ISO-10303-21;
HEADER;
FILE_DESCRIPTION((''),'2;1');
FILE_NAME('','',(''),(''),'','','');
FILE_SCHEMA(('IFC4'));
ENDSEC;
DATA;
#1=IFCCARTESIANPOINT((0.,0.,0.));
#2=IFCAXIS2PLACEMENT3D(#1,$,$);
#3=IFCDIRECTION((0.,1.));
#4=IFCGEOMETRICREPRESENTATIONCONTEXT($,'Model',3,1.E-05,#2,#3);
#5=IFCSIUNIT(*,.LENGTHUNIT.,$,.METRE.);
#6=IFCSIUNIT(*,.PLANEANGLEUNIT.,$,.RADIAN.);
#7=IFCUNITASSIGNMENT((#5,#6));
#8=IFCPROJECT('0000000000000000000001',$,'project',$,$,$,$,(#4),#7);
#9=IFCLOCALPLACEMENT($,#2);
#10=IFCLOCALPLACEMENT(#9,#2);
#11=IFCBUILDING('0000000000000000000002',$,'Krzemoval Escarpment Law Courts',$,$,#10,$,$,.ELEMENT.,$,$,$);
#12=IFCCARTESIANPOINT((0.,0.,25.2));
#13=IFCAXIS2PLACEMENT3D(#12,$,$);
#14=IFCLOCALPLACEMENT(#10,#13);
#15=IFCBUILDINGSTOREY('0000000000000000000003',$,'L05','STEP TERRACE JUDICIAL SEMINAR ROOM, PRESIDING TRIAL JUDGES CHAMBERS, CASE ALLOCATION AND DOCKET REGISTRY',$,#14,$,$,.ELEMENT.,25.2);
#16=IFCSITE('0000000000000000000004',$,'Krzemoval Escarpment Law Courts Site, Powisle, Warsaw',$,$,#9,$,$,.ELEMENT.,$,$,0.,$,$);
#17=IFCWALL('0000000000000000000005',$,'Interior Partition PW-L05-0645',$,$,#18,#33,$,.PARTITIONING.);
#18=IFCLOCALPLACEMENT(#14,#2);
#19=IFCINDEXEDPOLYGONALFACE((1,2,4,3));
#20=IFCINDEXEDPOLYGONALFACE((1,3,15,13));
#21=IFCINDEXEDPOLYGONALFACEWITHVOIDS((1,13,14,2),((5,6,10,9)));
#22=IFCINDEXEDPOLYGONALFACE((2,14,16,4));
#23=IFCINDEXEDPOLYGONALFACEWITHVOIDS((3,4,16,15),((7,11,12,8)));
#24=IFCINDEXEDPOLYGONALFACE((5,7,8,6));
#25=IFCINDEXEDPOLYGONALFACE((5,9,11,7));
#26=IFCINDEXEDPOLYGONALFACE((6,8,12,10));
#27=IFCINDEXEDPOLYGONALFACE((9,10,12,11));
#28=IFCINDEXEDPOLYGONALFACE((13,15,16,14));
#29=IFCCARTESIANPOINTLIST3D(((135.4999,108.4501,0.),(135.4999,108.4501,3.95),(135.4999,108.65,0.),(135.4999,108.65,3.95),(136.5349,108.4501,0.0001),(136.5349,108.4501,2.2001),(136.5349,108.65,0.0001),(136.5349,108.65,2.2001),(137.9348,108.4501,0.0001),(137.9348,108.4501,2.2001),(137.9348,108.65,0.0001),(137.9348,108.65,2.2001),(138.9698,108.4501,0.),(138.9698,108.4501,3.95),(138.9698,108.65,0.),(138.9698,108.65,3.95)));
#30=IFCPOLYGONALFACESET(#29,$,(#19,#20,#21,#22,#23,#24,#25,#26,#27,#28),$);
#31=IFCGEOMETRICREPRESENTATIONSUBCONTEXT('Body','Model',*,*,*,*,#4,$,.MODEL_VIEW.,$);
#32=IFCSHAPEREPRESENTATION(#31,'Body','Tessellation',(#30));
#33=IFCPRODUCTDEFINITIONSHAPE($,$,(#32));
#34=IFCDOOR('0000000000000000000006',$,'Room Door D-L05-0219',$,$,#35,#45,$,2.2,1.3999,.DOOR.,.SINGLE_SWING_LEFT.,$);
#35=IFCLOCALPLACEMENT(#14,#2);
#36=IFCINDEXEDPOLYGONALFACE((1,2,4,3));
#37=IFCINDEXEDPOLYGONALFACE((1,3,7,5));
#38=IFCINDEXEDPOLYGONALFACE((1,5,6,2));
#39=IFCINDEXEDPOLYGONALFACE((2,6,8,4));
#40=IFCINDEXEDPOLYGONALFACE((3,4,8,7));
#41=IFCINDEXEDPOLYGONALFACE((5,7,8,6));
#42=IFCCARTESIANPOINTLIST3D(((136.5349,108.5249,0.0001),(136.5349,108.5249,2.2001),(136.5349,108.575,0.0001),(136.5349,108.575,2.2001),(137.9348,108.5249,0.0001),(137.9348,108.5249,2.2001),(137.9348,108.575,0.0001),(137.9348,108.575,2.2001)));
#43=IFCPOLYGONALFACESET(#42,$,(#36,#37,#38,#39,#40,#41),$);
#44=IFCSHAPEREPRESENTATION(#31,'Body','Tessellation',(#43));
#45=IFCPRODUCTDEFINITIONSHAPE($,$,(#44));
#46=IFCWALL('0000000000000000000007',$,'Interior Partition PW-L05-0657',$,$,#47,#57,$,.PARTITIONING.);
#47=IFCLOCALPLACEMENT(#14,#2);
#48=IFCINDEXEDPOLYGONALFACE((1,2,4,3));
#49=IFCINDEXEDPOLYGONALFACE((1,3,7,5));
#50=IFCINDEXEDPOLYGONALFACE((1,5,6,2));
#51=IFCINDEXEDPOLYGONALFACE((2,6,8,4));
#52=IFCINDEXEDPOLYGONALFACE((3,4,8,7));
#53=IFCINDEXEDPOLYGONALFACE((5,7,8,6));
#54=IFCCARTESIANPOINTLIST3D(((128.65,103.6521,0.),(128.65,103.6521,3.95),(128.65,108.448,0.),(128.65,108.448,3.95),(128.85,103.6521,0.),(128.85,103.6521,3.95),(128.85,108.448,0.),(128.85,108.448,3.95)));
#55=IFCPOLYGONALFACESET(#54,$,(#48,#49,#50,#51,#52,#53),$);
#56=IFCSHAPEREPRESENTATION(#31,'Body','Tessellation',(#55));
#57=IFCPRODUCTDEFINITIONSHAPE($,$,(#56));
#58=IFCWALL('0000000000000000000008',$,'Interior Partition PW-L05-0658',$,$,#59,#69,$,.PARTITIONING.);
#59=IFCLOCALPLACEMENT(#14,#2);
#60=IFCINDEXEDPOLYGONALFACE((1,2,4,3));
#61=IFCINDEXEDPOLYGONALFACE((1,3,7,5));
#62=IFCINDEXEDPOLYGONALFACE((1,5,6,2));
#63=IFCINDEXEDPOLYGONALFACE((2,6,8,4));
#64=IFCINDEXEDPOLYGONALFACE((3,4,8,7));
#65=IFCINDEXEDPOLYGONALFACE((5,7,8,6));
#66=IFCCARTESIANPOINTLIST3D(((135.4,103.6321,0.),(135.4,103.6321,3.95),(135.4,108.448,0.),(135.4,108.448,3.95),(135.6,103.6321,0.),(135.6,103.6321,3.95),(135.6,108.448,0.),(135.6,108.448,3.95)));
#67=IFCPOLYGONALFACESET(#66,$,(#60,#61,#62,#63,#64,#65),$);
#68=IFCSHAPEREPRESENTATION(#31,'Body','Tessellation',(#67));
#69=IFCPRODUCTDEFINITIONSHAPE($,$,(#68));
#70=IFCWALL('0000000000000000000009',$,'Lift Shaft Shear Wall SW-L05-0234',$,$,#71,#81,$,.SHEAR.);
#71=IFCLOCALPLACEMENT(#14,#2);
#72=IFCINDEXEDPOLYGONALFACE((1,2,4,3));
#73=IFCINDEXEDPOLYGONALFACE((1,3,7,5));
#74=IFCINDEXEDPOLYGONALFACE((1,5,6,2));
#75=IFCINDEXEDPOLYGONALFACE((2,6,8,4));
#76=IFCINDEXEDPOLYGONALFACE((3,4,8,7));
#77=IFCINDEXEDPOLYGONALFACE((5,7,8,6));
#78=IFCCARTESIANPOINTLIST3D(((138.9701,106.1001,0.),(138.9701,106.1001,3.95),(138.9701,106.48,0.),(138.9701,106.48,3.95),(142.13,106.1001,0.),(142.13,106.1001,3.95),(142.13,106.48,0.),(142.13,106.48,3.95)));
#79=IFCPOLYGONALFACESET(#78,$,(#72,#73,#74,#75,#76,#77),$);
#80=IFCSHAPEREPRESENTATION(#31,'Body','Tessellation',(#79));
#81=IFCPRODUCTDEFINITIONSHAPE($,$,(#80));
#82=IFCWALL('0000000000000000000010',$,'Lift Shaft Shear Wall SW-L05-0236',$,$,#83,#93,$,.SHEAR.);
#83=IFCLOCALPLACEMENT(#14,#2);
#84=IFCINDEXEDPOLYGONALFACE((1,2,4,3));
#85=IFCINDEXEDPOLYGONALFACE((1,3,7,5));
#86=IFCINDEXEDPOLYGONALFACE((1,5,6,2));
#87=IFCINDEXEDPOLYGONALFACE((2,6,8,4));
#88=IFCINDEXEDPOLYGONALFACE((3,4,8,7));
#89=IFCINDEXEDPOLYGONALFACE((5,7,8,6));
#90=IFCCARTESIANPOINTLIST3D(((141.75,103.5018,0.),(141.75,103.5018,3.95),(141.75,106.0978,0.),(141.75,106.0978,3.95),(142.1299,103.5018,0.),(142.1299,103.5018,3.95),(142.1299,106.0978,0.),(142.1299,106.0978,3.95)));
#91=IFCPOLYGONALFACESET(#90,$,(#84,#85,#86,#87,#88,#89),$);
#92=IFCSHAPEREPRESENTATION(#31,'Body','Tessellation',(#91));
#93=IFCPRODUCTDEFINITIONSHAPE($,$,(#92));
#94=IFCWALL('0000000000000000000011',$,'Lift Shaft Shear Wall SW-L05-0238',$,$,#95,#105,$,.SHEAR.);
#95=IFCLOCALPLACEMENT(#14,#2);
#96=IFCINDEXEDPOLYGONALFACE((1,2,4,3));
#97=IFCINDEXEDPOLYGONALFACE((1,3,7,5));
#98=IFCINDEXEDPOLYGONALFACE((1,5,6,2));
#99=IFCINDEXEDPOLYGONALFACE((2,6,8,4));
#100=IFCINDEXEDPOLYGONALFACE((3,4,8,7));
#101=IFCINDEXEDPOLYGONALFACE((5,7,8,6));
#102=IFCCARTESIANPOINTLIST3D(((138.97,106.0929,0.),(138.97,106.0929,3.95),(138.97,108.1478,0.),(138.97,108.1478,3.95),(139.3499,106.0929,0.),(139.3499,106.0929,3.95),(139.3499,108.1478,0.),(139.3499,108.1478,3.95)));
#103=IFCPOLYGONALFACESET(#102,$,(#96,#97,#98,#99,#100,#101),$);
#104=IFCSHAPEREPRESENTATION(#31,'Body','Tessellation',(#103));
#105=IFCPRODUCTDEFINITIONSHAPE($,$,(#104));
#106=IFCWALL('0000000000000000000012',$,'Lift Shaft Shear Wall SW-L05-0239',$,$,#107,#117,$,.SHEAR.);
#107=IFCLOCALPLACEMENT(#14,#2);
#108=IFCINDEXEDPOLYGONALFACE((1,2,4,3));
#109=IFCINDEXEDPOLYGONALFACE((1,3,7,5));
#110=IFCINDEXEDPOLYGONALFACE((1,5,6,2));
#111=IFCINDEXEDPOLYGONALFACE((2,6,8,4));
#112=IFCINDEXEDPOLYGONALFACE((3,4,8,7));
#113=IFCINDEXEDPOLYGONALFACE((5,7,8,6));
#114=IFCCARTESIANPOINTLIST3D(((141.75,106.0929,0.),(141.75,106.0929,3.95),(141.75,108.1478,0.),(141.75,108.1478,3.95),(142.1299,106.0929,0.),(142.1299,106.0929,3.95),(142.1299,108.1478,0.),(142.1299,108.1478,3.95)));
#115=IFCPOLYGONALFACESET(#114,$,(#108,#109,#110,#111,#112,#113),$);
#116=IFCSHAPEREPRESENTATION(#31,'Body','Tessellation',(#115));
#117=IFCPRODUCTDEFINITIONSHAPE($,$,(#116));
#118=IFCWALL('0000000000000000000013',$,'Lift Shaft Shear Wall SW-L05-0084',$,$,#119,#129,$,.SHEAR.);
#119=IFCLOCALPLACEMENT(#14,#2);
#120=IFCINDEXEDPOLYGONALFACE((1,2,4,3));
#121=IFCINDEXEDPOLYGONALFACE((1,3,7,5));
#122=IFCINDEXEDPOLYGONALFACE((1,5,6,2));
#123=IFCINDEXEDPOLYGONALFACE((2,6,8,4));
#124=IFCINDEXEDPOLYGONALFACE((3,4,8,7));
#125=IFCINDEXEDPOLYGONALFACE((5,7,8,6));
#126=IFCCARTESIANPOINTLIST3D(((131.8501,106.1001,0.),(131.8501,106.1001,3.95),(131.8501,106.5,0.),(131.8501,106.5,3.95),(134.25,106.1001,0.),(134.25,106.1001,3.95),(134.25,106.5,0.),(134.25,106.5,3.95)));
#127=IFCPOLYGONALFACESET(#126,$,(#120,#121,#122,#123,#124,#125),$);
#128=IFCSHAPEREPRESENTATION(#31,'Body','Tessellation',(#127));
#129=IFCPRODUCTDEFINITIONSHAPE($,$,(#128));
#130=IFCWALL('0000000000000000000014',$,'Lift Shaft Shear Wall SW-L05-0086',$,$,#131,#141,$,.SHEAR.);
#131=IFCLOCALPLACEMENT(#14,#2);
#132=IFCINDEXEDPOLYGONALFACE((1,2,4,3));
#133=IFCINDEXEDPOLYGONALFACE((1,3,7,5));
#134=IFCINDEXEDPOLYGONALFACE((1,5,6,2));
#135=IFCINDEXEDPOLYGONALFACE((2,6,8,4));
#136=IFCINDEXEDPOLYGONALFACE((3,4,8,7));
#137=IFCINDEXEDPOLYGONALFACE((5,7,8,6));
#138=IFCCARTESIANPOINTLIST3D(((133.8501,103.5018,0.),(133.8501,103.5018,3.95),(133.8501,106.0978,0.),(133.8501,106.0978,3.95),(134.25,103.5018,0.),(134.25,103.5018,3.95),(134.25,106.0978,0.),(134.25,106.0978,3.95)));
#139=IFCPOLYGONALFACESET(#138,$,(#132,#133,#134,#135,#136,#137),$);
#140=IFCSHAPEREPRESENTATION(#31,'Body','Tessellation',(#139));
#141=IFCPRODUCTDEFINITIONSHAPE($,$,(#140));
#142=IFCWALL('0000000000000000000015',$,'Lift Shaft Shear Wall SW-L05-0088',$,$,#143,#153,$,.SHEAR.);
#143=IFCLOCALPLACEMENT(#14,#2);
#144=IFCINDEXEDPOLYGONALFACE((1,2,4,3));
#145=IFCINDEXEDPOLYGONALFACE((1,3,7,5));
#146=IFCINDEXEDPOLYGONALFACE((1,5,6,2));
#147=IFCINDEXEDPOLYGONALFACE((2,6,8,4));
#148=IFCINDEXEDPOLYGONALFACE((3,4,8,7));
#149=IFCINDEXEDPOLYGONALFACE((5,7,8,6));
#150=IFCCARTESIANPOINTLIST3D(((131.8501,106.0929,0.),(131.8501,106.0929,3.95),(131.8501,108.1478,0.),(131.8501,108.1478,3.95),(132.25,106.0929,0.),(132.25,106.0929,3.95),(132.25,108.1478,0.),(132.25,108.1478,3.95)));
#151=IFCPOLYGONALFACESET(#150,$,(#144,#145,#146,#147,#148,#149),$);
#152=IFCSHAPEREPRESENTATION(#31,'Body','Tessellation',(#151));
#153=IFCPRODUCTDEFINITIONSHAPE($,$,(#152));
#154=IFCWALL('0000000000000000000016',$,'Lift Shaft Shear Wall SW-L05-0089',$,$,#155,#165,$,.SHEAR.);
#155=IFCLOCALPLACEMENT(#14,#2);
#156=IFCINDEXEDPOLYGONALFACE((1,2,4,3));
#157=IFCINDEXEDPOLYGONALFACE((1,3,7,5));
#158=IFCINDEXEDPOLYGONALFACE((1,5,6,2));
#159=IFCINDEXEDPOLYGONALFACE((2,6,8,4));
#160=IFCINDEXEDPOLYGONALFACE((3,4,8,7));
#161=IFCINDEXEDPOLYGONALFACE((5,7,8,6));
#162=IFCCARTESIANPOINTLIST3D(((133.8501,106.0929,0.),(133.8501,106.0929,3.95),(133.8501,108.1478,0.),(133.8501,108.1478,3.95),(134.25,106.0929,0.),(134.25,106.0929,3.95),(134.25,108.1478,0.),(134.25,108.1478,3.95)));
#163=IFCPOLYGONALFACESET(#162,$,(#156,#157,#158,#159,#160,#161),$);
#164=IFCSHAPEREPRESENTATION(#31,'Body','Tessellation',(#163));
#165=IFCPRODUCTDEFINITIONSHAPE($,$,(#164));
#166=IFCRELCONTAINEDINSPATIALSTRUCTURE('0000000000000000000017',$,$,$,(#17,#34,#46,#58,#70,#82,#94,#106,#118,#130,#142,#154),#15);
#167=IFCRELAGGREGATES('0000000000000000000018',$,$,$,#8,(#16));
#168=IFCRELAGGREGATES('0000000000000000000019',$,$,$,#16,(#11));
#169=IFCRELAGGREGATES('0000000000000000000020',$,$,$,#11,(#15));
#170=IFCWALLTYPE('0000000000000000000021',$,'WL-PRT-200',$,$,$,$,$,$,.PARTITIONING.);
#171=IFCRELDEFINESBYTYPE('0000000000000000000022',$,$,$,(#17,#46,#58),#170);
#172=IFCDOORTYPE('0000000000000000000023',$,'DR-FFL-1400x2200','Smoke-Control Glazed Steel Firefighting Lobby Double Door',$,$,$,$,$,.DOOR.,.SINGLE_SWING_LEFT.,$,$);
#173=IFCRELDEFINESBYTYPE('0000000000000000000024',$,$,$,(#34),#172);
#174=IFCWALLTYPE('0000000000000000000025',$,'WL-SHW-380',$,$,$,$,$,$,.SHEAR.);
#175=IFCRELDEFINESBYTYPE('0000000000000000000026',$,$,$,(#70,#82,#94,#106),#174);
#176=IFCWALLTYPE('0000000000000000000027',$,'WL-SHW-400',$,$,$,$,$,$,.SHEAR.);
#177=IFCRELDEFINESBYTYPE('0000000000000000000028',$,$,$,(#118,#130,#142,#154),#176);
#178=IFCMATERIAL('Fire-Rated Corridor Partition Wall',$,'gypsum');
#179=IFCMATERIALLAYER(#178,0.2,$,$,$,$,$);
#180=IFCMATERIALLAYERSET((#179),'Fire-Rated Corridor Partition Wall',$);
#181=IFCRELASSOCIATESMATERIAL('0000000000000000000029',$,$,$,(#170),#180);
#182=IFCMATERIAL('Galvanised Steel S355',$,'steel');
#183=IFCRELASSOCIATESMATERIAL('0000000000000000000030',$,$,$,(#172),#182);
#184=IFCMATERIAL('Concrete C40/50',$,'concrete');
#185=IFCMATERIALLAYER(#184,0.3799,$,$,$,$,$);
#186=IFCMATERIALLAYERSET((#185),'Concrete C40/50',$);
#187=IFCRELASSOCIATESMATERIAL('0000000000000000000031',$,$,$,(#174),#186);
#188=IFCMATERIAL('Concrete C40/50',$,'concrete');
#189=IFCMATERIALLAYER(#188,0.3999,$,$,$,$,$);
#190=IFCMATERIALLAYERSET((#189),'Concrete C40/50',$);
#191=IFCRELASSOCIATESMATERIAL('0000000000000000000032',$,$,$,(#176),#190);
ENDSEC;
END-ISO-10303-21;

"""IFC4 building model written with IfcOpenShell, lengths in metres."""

from ifc_helpers import new_model, si_unit, direction, frame, frame_2d, origin, place, context, subcontext, project, spatial, rectangle, extrude, material, layer, layer_set, type_object, element, fill, save


model = new_model("IFC4")

# Units and contexts
model_context = context("Model", 3, precision=1e-05, world=origin(), true_north=direction((0.0, 1.0)))
body_context = subcontext(model_context, "Body", "Model", "MODEL_VIEW")
ifc_project = project(units=[si_unit("LENGTHUNIT", "METRE"), si_unit("PLANEANGLEUNIT", "RADIAN")], contexts=[model_context])

# Site, building, storey
site_placement = place(None, origin())
site = spatial("IfcSite", under=ifc_project, at=site_placement, Name="Krzemoval Escarpment Law Courts Site, Powisle, Warsaw", CompositionType="ELEMENT", RefElevation=0.0)
building_placement = place(site_placement, origin())
building = spatial("IfcBuilding", under=site, at=building_placement, Name="Krzemoval Escarpment Law Courts", CompositionType="ELEMENT")
storey_placement = place(building_placement, frame((0.0, 0.0, 25.2)))
storey = spatial("IfcBuildingStorey", under=building, at=storey_placement, Name="L05", Description="STEP TERRACE JUDICIAL SEMINAR ROOM, PRESIDING TRIAL JUDGES CHAMBERS, CASE ALLOCATION AND DOCKET REGISTRY", CompositionType="ELEMENT", Elevation=25.2)

# Wall, opening, door
ifc_material_1 = material(Name="Fire-Rated Corridor Partition Wall", Category="gypsum")
ifc_layer_1 = layer(ifc_material_1, 0.2)
ifc_layer_set_1 = layer_set([ifc_layer_1], Name="Fire-Rated Corridor Partition Wall")
wall_type_1 = type_object("IfcWallType", Name="WL-PRT-200", PredefinedType="PARTITIONING", material=ifc_layer_set_1)
ifc_material_2 = material(Name="Galvanised Steel S355", Category="steel")
door_type_1 = type_object("IfcDoorType", Name="DR-FFL-1400x2200", Description="Smoke-Control Glazed Steel Firefighting Lobby Double Door", OperationType="SINGLE_SWING_LEFT", PredefinedType="DOOR", material=ifc_material_2)
wall_1_placement = place(storey_placement, frame((135.5, 108.55, 0.0), z_axis=(0.0, 0.0, 1.0), x_axis=(1.0, 0.0, 0.0)))
wall_1 = element("IfcWall", 1, at=wall_1_placement, inside=storey, type_object=wall_type_1, Name="Interior Partition PW-L05-0645", PredefinedType="PARTITIONING", context=body_context, shape_type="SweptSolid", body=[
    extrude(rectangle(XDim=3.47, YDim=0.2, at=frame_2d((1.7349, 0.0))), origin(), (0.0, 0.0, 1.0), 3.95),
])
opening_1_placement = place(wall_1_placement, frame((1.0349, 0.0, 0.0)))
opening_1 = element("IfcOpeningElement", 2, at=opening_1_placement, cuts=wall_1, PredefinedType="OPENING", context=body_context, shape_type="SweptSolid", body=[
    extrude(rectangle(XDim=1.3999, YDim=2.2, at=frame_2d((0.7, 1.1001))), frame((0.0, 0.115, 0.0), z_axis=(0.0, -1.0, 0.0), x_axis=(1.0, 0.0, 0.0)), (0.0, 0.0, 1.0), 0.2299),
])
door_1_placement = place(opening_1_placement, origin())
door_1 = element("IfcDoor", 3, at=door_1_placement, inside=storey, type_object=door_type_1, Name="Room Door D-L05-0219", OperationType="SINGLE_SWING_LEFT", OverallHeight=2.2, OverallWidth=1.3999, PredefinedType="DOOR", context=body_context, shape_type="SweptSolid", body=[
    extrude(rectangle(XDim=1.3999, YDim=2.2, at=frame_2d((0.7, 1.1001))), frame((0.0, 0.0249, 0.0), z_axis=(0.0, -1.0, 0.0), x_axis=(1.0, 0.0, 0.0)), (0.0, 0.0, 1.0), 0.05),
])
fill(opening_1, door_1)

# Walls
wall_2_placement = place(storey_placement, frame((128.75, 103.6521, 0.0), z_axis=(0.0, 0.0, 1.0), x_axis=(0.0, 1.0, 0.0)))
element("IfcWall", 4, at=wall_2_placement, inside=storey, type_object=wall_type_1, Name="Interior Partition PW-L05-0657", PredefinedType="PARTITIONING", context=body_context, shape_type="SweptSolid", body=[
    extrude(rectangle(XDim=4.7959, YDim=0.2, at=frame_2d((2.3979, 0.0))), origin(), (0.0, 0.0, 1.0), 3.95),
])
wall_3_placement = place(storey_placement, frame((135.5, 103.6321, 0.0), z_axis=(0.0, 0.0, 1.0), x_axis=(0.0, 1.0, 0.0)))
element("IfcWall", 5, at=wall_3_placement, inside=storey, type_object=wall_type_1, Name="Interior Partition PW-L05-0658", PredefinedType="PARTITIONING", context=body_context, shape_type="SweptSolid", body=[
    extrude(rectangle(XDim=4.8159, YDim=0.2, at=frame_2d((2.408, 0.0))), origin(), (0.0, 0.0, 1.0), 3.95),
])
ifc_material_3 = material(Name="Concrete C40/50", Category="concrete")
ifc_layer_2 = layer(ifc_material_3, 0.3799)
ifc_layer_set_2 = layer_set([ifc_layer_2], Name="Concrete C40/50")
wall_type_2 = type_object("IfcWallType", Name="WL-SHW-380", PredefinedType="SHEAR", material=ifc_layer_set_2)
wall_4_placement = place(storey_placement, frame((138.97, 106.29, 0.0), z_axis=(0.0, 0.0, 1.0), x_axis=(1.0, 0.0, 0.0)))
element("IfcWall", 6, at=wall_4_placement, inside=storey, type_object=wall_type_2, Name="Lift Shaft Shear Wall SW-L05-0234", PredefinedType="SHEAR", context=body_context, shape_type="SweptSolid", body=[
    extrude(rectangle(XDim=3.1599, YDim=0.3799, at=frame_2d((1.5801, 0.0))), origin(), (0.0, 0.0, 1.0), 3.95),
])
wall_5_placement = place(storey_placement, frame((141.9399, 103.502, 0.0), z_axis=(0.0, 0.0, 1.0), x_axis=(0.0, 1.0, 0.0)))
element("IfcWall", 7, at=wall_5_placement, inside=storey, type_object=wall_type_2, Name="Lift Shaft Shear Wall SW-L05-0236", PredefinedType="SHEAR", context=body_context, shape_type="SweptSolid", body=[
    extrude(rectangle(XDim=2.5959, YDim=0.3799, at=frame_2d((1.2979, 0.0))), origin(), (0.0, 0.0, 1.0), 3.95),
])

# Walls
for number, where, z_axis, x_axis, name in (
    (8, (139.1599, 106.093, 0.0), (0.0, 0.0, 1.0), (0.0, 1.0, 0.0), "Lift Shaft Shear Wall SW-L05-0238"),
    (9, (141.9399, 106.093, 0.0), (0.0, 0.0, 1.0), (0.0, 1.0, 0.0), "Lift Shaft Shear Wall SW-L05-0239"),
):
    element("IfcWall", number, at=place(storey_placement, frame(where, z_axis=z_axis, x_axis=x_axis)), inside=storey, type_object=wall_type_2, Name=name, PredefinedType="SHEAR", context=body_context, shape_type="SweptSolid", body=[
        extrude(rectangle(XDim=2.0549, YDim=0.3799, at=frame_2d((1.0273, 0.0))), origin(), (0.0, 0.0, 1.0), 3.95),
    ])
ifc_material_4 = material(Name="Concrete C40/50", Category="concrete")
ifc_layer_3 = layer(ifc_material_4, 0.3999)
ifc_layer_set_3 = layer_set([ifc_layer_3], Name="Concrete C40/50")
wall_type_3 = type_object("IfcWallType", Name="WL-SHW-400", PredefinedType="SHEAR", material=ifc_layer_set_3)
wall_6_placement = place(storey_placement, frame((131.8501, 106.3, 0.0), z_axis=(0.0, 0.0, 1.0), x_axis=(1.0, 0.0, 0.0)))
element("IfcWall", 10, at=wall_6_placement, inside=storey, type_object=wall_type_3, Name="Lift Shaft Shear Wall SW-L05-0084", PredefinedType="SHEAR", context=body_context, shape_type="SweptSolid", body=[
    extrude(rectangle(XDim=2.3999, YDim=0.3999, at=frame_2d((1.2, 0.0))), origin(), (0.0, 0.0, 1.0), 3.95),
])
wall_7_placement = place(storey_placement, frame((134.05, 103.502, 0.0), z_axis=(0.0, 0.0, 1.0), x_axis=(0.0, 1.0, 0.0)))
element("IfcWall", 11, at=wall_7_placement, inside=storey, type_object=wall_type_3, Name="Lift Shaft Shear Wall SW-L05-0086", PredefinedType="SHEAR", context=body_context, shape_type="SweptSolid", body=[
    extrude(rectangle(XDim=2.5959, YDim=0.3999, at=frame_2d((1.2979, 0.0))), origin(), (0.0, 0.0, 1.0), 3.95),
])

# Walls
for number, where, z_axis, x_axis, name in (
    (12, (132.05, 106.093, 0.0), (0.0, 0.0, 1.0), (0.0, 1.0, 0.0), "Lift Shaft Shear Wall SW-L05-0088"),
    (13, (134.05, 106.093, 0.0), (0.0, 0.0, 1.0), (0.0, 1.0, 0.0), "Lift Shaft Shear Wall SW-L05-0089"),
):
    element("IfcWall", number, at=place(storey_placement, frame(where, z_axis=z_axis, x_axis=x_axis)), inside=storey, type_object=wall_type_3, Name=name, PredefinedType="SHEAR", context=body_context, shape_type="SweptSolid", body=[
        extrude(rectangle(XDim=2.0549, YDim=0.3999, at=frame_2d((1.0273, 0.0))), origin(), (0.0, 0.0, 1.0), 3.95),
    ])

save(model, "model.ifc")
